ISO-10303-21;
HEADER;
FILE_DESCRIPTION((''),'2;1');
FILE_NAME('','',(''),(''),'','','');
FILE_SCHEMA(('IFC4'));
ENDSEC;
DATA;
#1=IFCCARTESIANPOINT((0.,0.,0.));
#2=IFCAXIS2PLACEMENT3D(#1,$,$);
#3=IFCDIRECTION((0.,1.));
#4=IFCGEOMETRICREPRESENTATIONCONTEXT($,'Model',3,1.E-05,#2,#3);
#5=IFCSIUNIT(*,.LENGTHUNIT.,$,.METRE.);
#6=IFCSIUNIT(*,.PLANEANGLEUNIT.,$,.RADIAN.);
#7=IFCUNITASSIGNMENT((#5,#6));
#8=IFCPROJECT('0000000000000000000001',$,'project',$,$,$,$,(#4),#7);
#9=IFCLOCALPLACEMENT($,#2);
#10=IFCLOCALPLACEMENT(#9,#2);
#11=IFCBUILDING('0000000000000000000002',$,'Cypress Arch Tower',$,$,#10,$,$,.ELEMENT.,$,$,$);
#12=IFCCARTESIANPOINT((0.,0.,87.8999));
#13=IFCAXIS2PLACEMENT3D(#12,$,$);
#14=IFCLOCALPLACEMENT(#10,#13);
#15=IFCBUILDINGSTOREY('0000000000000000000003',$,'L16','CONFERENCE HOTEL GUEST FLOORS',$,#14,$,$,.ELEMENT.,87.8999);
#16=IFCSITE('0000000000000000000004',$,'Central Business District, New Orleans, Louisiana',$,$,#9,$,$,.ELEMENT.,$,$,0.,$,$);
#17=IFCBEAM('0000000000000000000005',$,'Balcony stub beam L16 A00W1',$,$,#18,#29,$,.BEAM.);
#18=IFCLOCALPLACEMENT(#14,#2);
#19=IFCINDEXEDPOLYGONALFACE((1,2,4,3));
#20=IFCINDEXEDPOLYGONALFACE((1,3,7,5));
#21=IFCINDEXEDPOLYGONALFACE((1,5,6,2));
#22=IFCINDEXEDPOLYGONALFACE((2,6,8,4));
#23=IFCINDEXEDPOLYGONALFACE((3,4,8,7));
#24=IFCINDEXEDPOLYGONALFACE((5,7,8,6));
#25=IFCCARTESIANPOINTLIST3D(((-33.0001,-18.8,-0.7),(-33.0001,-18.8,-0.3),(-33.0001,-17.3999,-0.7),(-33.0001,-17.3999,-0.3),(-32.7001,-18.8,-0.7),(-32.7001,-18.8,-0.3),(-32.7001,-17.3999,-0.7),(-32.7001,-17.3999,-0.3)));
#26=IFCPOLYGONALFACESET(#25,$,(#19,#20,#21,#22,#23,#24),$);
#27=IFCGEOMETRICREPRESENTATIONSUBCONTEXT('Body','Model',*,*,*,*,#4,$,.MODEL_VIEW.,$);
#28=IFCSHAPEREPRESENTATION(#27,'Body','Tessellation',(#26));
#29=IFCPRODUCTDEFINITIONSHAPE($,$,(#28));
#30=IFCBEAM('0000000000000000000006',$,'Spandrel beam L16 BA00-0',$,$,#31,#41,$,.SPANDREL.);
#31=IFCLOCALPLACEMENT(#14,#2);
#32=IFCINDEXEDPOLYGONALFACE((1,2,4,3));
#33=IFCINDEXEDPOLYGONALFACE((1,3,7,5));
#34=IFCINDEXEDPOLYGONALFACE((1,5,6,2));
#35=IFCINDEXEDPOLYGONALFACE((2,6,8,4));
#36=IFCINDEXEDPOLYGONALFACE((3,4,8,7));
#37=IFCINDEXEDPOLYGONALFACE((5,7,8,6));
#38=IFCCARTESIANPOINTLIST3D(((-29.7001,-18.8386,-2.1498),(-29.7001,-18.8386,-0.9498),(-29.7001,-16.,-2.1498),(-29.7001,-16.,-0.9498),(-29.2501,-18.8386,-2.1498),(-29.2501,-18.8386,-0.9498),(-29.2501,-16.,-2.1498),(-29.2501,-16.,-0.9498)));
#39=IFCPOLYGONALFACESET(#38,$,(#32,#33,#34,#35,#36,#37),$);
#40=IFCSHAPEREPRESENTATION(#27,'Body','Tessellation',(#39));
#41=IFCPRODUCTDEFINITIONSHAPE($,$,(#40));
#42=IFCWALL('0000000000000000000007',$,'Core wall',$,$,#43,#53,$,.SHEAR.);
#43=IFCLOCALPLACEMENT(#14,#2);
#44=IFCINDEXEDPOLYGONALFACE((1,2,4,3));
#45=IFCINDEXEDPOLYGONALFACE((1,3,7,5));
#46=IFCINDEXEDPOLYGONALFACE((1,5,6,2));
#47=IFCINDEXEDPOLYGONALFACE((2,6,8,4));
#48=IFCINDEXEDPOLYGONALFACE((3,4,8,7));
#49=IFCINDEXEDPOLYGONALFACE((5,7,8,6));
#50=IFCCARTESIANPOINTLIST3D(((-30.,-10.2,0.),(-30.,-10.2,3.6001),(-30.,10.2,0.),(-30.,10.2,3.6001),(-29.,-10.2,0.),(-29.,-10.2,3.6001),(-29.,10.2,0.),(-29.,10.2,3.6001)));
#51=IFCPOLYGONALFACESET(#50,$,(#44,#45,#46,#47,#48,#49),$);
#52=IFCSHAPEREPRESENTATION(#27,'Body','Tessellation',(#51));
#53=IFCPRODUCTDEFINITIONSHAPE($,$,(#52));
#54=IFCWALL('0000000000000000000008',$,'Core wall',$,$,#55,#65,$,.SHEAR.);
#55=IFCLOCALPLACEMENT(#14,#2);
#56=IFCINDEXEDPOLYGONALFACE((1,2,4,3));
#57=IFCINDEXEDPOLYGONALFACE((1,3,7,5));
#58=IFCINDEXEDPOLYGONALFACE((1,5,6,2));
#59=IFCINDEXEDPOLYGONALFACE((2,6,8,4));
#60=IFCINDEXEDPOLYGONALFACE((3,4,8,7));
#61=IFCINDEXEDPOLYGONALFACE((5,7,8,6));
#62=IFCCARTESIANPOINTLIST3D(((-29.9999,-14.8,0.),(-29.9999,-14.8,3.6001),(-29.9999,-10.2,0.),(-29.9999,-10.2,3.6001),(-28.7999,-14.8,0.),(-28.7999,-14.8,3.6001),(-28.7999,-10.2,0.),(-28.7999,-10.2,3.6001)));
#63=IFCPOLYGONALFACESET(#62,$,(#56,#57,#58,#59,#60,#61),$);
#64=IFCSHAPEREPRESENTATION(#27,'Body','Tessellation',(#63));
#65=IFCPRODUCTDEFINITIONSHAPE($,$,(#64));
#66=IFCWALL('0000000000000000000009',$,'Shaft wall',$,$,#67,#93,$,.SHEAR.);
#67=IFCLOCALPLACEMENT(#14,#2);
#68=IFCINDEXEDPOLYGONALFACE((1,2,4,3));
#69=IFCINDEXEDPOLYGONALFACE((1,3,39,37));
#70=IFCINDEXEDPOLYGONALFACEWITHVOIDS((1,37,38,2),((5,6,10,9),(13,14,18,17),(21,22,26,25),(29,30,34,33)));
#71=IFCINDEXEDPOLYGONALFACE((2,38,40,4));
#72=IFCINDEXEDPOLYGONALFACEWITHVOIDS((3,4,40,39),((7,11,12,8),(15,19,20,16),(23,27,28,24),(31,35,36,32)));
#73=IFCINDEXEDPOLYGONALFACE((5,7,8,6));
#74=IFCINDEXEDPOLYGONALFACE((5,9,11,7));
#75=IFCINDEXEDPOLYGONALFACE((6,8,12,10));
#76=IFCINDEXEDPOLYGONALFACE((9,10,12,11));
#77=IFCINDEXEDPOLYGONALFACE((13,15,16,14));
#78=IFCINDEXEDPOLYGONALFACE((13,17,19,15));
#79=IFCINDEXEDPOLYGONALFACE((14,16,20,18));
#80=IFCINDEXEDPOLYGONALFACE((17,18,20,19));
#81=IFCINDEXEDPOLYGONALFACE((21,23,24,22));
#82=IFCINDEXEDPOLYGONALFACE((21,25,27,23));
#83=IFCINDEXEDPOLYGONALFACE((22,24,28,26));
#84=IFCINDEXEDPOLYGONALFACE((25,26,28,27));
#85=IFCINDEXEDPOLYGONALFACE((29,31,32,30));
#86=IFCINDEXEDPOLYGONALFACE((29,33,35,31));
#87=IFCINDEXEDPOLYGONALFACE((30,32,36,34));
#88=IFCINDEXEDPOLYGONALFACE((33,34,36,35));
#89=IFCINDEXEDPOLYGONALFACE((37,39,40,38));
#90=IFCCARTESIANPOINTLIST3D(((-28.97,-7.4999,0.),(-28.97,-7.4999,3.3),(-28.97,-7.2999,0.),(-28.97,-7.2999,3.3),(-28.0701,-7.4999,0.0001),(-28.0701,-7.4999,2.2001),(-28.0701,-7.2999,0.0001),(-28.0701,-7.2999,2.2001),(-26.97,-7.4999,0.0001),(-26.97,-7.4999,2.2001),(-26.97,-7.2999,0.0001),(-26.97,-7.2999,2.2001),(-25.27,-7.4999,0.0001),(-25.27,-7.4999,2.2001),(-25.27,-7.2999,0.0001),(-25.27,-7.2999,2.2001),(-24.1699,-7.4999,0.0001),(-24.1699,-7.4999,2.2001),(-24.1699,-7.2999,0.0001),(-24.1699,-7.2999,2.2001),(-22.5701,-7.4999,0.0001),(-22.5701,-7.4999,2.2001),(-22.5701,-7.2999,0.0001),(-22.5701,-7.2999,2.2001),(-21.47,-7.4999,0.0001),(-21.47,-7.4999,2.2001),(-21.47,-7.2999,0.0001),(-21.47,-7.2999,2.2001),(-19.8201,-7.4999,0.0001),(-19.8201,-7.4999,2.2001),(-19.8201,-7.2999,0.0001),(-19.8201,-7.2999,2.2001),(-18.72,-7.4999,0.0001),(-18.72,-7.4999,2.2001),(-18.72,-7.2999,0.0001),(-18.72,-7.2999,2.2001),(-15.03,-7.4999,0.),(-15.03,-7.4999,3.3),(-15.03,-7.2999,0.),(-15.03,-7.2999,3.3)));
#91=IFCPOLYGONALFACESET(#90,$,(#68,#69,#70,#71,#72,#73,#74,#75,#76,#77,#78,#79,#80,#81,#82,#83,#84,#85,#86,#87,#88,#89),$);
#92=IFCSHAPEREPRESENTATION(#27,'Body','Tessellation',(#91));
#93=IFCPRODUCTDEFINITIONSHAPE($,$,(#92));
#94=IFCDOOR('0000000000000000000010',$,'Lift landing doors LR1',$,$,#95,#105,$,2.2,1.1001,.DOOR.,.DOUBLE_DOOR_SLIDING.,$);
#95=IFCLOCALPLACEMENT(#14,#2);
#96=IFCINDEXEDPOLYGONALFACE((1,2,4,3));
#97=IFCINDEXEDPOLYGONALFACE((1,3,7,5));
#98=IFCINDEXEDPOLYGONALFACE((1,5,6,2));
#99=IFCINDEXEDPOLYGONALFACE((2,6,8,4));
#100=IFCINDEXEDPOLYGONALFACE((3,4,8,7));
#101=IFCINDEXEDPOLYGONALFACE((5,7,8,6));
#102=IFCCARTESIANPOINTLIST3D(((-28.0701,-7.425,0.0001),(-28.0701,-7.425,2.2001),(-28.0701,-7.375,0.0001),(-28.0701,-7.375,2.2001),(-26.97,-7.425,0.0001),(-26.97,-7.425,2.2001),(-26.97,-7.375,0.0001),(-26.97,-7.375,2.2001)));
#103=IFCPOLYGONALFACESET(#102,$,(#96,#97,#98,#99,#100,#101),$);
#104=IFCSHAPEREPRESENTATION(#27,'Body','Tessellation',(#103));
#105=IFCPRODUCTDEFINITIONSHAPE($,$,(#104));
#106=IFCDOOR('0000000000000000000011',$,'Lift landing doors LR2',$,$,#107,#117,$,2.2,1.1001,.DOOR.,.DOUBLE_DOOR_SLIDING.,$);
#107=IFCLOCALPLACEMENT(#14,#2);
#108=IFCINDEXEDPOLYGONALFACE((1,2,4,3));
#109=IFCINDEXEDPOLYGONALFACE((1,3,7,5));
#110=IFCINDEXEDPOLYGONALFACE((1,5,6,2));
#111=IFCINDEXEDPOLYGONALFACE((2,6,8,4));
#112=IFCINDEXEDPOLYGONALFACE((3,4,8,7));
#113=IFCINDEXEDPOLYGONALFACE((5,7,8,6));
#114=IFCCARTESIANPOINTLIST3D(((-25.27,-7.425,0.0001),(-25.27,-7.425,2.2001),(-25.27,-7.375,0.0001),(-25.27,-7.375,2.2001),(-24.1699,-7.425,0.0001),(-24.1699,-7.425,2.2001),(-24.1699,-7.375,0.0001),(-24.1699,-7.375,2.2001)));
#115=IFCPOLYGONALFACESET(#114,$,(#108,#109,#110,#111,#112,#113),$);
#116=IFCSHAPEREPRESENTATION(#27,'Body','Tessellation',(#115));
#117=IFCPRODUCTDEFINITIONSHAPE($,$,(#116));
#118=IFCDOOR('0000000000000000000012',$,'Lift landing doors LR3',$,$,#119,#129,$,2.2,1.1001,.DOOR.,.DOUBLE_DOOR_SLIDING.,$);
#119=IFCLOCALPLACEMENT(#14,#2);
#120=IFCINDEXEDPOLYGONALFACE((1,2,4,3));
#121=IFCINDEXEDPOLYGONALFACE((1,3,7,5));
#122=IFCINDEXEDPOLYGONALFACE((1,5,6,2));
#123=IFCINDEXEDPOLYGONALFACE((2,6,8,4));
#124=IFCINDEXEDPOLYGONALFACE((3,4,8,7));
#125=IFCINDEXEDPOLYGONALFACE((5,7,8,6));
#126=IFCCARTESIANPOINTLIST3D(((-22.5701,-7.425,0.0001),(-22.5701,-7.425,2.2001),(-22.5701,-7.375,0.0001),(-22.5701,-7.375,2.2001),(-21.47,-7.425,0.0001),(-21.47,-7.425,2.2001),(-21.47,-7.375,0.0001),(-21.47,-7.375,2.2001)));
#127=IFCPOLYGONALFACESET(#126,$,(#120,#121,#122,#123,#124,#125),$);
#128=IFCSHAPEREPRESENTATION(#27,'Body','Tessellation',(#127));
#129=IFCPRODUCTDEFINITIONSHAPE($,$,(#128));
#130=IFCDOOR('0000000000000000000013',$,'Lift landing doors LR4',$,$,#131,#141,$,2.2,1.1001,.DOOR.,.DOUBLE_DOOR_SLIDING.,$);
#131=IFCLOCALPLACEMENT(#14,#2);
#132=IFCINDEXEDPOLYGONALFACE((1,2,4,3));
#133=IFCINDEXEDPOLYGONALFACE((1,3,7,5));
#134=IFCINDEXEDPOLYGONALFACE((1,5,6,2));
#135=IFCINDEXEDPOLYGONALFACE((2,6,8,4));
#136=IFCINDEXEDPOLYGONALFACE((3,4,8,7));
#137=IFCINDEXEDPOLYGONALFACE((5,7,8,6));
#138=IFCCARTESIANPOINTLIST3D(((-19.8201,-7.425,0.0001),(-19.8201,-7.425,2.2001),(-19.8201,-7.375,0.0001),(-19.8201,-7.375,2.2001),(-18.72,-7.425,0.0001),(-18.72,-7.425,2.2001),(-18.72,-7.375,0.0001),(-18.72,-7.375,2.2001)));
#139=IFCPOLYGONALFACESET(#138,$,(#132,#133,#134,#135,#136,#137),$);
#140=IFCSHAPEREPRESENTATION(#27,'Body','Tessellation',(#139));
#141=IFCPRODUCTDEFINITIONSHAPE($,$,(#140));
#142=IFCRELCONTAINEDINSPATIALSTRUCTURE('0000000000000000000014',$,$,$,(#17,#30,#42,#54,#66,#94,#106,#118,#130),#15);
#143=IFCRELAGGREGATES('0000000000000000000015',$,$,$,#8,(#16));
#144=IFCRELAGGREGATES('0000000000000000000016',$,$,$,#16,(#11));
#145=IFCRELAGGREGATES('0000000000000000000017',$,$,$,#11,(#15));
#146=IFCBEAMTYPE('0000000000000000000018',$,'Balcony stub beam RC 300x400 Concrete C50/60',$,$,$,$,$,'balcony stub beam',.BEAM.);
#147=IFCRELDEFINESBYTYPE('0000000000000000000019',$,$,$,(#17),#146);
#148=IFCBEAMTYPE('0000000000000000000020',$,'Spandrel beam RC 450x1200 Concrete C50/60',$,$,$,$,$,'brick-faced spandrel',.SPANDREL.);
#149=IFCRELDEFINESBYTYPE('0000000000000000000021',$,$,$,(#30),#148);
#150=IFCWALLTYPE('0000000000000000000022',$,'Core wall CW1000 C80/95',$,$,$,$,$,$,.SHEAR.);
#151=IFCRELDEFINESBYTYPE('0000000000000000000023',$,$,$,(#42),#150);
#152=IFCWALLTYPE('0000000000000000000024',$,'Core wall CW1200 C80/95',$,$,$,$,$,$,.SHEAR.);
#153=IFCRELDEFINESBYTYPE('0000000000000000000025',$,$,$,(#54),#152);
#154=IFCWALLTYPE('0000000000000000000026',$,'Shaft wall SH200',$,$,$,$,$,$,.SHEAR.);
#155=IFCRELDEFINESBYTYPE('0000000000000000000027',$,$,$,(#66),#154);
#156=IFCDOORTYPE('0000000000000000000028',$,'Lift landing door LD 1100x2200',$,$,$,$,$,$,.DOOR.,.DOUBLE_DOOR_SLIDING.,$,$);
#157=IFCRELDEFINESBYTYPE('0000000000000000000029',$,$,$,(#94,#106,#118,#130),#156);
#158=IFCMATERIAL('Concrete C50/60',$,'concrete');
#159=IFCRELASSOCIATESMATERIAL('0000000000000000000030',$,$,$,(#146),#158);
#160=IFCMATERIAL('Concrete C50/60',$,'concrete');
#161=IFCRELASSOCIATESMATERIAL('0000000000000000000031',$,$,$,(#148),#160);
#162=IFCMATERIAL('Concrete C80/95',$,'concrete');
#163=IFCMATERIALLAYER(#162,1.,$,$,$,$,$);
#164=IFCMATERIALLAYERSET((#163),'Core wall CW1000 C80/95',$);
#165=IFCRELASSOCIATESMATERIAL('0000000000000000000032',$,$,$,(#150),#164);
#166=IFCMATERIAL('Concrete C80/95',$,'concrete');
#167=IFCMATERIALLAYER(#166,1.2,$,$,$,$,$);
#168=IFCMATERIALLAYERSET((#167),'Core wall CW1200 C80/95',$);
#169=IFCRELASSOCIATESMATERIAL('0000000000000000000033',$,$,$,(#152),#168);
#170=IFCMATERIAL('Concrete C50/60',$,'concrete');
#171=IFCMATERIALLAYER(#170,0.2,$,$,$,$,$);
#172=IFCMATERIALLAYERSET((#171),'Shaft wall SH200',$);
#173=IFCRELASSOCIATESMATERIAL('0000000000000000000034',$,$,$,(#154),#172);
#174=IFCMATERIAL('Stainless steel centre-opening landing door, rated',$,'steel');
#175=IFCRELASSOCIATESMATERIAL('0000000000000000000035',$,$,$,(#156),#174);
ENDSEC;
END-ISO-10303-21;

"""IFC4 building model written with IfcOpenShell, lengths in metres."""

from ifc_helpers import new_model, si_unit, direction, frame, frame_2d, origin, origin_2d, place, context, subcontext, project, spatial, rectangle, extrude, material, layer, layer_set, material_profile, profile_set, type_object, element, fill, save


model = new_model("IFC4")

# Units and contexts
model_context = context("Model", 3, precision=1e-05, world=origin(), true_north=direction((0.0, 1.0)))
body_context = subcontext(model_context, "Body", "Model", "MODEL_VIEW")
ifc_project = project(units=[si_unit("LENGTHUNIT", "METRE"), si_unit("PLANEANGLEUNIT", "RADIAN")], contexts=[model_context])

# Site, building, storey
site_placement = place(None, origin())
site = spatial("IfcSite", under=ifc_project, at=site_placement, Name="Central Business District, New Orleans, Louisiana", CompositionType="ELEMENT", RefElevation=0.0)
building_placement = place(site_placement, origin())
building = spatial("IfcBuilding", under=site, at=building_placement, Name="Cypress Arch Tower", CompositionType="ELEMENT")
storey_placement = place(building_placement, frame((0.0, 0.0, 87.8999)))
storey = spatial("IfcBuildingStorey", under=building, at=storey_placement, Name="L16", Description="CONFERENCE HOTEL GUEST FLOORS", CompositionType="ELEMENT", Elevation=87.8999)

# Beams
ifc_material_1 = material(Name="Concrete C50/60", Category="concrete")
ifc_material_profile_1 = material_profile(ifc_material_1, rectangle(XDim=0.3, YDim=0.3999, at=origin_2d()), Name="RC 300x400")
ifc_profile_set_1 = profile_set([ifc_material_profile_1], Name="Concrete C50/60")
beam_type_1 = type_object("IfcBeamType", Name="Balcony stub beam RC 300x400 Concrete C50/60", ElementType="balcony stub beam", PredefinedType="BEAM", material=ifc_profile_set_1)
beam_1_placement = place(storey_placement, frame((-32.8501, -17.3999, -0.5), z_axis=(0.0, -1.0, 0.0), x_axis=(1.0, 0.0, 0.0)))
element("IfcBeam", 1, at=beam_1_placement, inside=storey, type_object=beam_type_1, Name="Balcony stub beam L16 A00W1", PredefinedType="BEAM", context=body_context, shape_type="SweptSolid", body=[
    extrude(rectangle(XDim=0.3, YDim=0.3999, at=origin_2d()), origin(), (0.0, 0.0, 1.0), 1.4001),
])
ifc_material_2 = material(Name="Concrete C50/60", Category="concrete")
ifc_material_profile_2 = material_profile(ifc_material_2, rectangle(XDim=0.45, YDim=1.2, at=origin_2d()), Name="RC 450x1200")
ifc_profile_set_2 = profile_set([ifc_material_profile_2], Name="Concrete C50/60")
beam_type_2 = type_object("IfcBeamType", Name="Spandrel beam RC 450x1200 Concrete C50/60", ElementType="brick-faced spandrel", PredefinedType="SPANDREL", material=ifc_profile_set_2)
beam_2_placement = place(storey_placement, frame((-29.4751, -16.0, -1.5498), z_axis=(0.0, -1.0, 0.0), x_axis=(1.0, 0.0, 0.0)))
element("IfcBeam", 2, at=beam_2_placement, inside=storey, type_object=beam_type_2, Name="Spandrel beam L16 BA00-0", PredefinedType="SPANDREL", context=body_context, shape_type="SweptSolid", body=[
    extrude(rectangle(XDim=0.45, YDim=1.2, at=origin_2d()), origin(), (0.0, 0.0, 1.0), 2.8386),
])

# Wall
ifc_material_3 = material(Name="Concrete C80/95", Category="concrete")
ifc_layer_1 = layer(ifc_material_3, 1.0)
ifc_layer_set_1 = layer_set([ifc_layer_1], Name="Core wall CW1000 C80/95")
wall_type_1 = type_object("IfcWallType", Name="Core wall CW1000 C80/95", PredefinedType="SHEAR", material=ifc_layer_set_1)
wall_1_placement = place(storey_placement, frame((-29.5, -10.2, 0.0), z_axis=(0.0, 0.0, 1.0), x_axis=(0.0, 1.0, 0.0)))
element("IfcWall", 3, at=wall_1_placement, inside=storey, type_object=wall_type_1, Name="Core wall", PredefinedType="SHEAR", context=body_context, shape_type="SweptSolid", body=[
    extrude(rectangle(XDim=20.3999, YDim=1.0, at=frame_2d((10.2, 0.0))), origin(), (0.0, 0.0, 1.0), 3.6001),
])

# Shared definitions
ifc_material_4 = material(Name="Concrete C80/95", Category="concrete")
ifc_layer_2 = layer(ifc_material_4, 1.2)
ifc_layer_set_2 = layer_set([ifc_layer_2], Name="Core wall CW1200 C80/95")
wall_type_2 = type_object("IfcWallType", Name="Core wall CW1200 C80/95", PredefinedType="SHEAR", material=ifc_layer_set_2)

# Wall
wall_2_placement = place(storey_placement, frame((-29.3999, -14.8, 0.0), z_axis=(0.0, 0.0, 1.0), x_axis=(0.0, 1.0, 0.0)))
element("IfcWall", 4, at=wall_2_placement, inside=storey, type_object=wall_type_2, Name="Core wall", PredefinedType="SHEAR", context=body_context, shape_type="SweptSolid", body=[
    extrude(rectangle(XDim=4.6001, YDim=1.2, at=frame_2d((2.3, 0.0))), origin(), (0.0, 0.0, 1.0), 3.6001),
])

# Wall, openings, doors
ifc_material_5 = material(Name="Concrete C50/60", Category="concrete")
ifc_layer_3 = layer(ifc_material_5, 0.2)
ifc_layer_set_3 = layer_set([ifc_layer_3], Name="Shaft wall SH200")
wall_type_3 = type_object("IfcWallType", Name="Shaft wall SH200", PredefinedType="SHEAR", material=ifc_layer_set_3)
wall_3_placement = place(storey_placement, frame((-28.97, -7.3999, 0.0), z_axis=(0.0, 0.0, 1.0), x_axis=(1.0, 0.0, 0.0)))
wall_3 = element("IfcWall", 5, at=wall_3_placement, inside=storey, type_object=wall_type_3, Name="Shaft wall", PredefinedType="SHEAR", context=body_context, shape_type="SweptSolid", body=[
    extrude(rectangle(XDim=13.9399, YDim=0.2, at=frame_2d((6.97, 0.0))), origin(), (0.0, 0.0, 1.0), 3.3),
])
opening_1_placement = place(wall_3_placement, frame((0.8999, 0.0, 0.0)))
opening_1 = element("IfcOpeningElement", 6, at=opening_1_placement, cuts=wall_3, PredefinedType="OPENING", context=body_context, shape_type="SweptSolid", body=[
    extrude(rectangle(XDim=1.1001, YDim=2.2, at=frame_2d((0.55, 1.1001))), frame((0.0, 0.1099, 0.0), z_axis=(0.0, -1.0, 0.0), x_axis=(1.0, 0.0, 0.0)), (0.0, 0.0, 1.0), 0.22),
])
opening_2_placement = place(wall_3_placement, frame((3.7, 0.0, 0.0)))
opening_2 = element("IfcOpeningElement", 7, at=opening_2_placement, cuts=wall_3, PredefinedType="OPENING", context=body_context, shape_type="SweptSolid", body=[
    extrude(rectangle(XDim=1.1001, YDim=2.2, at=frame_2d((0.55, 1.1001))), frame((0.0, 0.1099, 0.0), z_axis=(0.0, -1.0, 0.0), x_axis=(1.0, 0.0, 0.0)), (0.0, 0.0, 1.0), 0.22),
])
opening_3_placement = place(wall_3_placement, frame((6.3999, 0.0, 0.0)))
opening_3 = element("IfcOpeningElement", 8, at=opening_3_placement, cuts=wall_3, PredefinedType="OPENING", context=body_context, shape_type="SweptSolid", body=[
    extrude(rectangle(XDim=1.1001, YDim=2.2, at=frame_2d((0.55, 1.1001))), frame((0.0, 0.1099, 0.0), z_axis=(0.0, -1.0, 0.0), x_axis=(1.0, 0.0, 0.0)), (0.0, 0.0, 1.0), 0.22),
])
opening_4_placement = place(wall_3_placement, frame((9.1499, 0.0, 0.0)))
opening_4 = element("IfcOpeningElement", 9, at=opening_4_placement, cuts=wall_3, PredefinedType="OPENING", context=body_context, shape_type="SweptSolid", body=[
    extrude(rectangle(XDim=1.1001, YDim=2.2, at=frame_2d((0.55, 1.1001))), frame((0.0, 0.1099, 0.0), z_axis=(0.0, -1.0, 0.0), x_axis=(1.0, 0.0, 0.0)), (0.0, 0.0, 1.0), 0.22),
])
ifc_material_6 = material(Name="Stainless steel centre-opening landing door, rated", Category="steel")
door_type_1 = type_object("IfcDoorType", Name="Lift landing door LD 1100x2200", OperationType="DOUBLE_DOOR_SLIDING", PredefinedType="DOOR", material=ifc_material_6)
door_1_placement = place(opening_1_placement, origin())
door_1 = element("IfcDoor", 10, at=door_1_placement, inside=storey, type_object=door_type_1, Name="Lift landing doors LR1", OperationType="DOUBLE_DOOR_SLIDING", OverallHeight=2.2, OverallWidth=1.1001, PredefinedType="DOOR", context=body_context, shape_type="SweptSolid", body=[
    extrude(rectangle(XDim=1.1001, YDim=2.2, at=frame_2d((0.55, 1.1001))), frame((0.0, 0.0249, 0.0), z_axis=(0.0, -1.0, 0.0), x_axis=(1.0, 0.0, 0.0)), (0.0, 0.0, 1.0), 0.05),
])
fill(opening_1, door_1)
door_2_placement = place(opening_2_placement, origin())
door_2 = element("IfcDoor", 11, at=door_2_placement, inside=storey, type_object=door_type_1, Name="Lift landing doors LR2", OperationType="DOUBLE_DOOR_SLIDING", OverallHeight=2.2, OverallWidth=1.1001, PredefinedType="DOOR", context=body_context, shape_type="SweptSolid", body=[
    extrude(rectangle(XDim=1.1001, YDim=2.2, at=frame_2d((0.55, 1.1001))), frame((0.0, 0.0249, 0.0), z_axis=(0.0, -1.0, 0.0), x_axis=(1.0, 0.0, 0.0)), (0.0, 0.0, 1.0), 0.05),
])
fill(opening_2, door_2)
door_3_placement = place(opening_3_placement, origin())
door_3 = element("IfcDoor", 12, at=door_3_placement, inside=storey, type_object=door_type_1, Name="Lift landing doors LR3", OperationType="DOUBLE_DOOR_SLIDING", OverallHeight=2.2, OverallWidth=1.1001, PredefinedType="DOOR", context=body_context, shape_type="SweptSolid", body=[
    extrude(rectangle(XDim=1.1001, YDim=2.2, at=frame_2d((0.55, 1.1001))), frame((0.0, 0.0249, 0.0), z_axis=(0.0, -1.0, 0.0), x_axis=(1.0, 0.0, 0.0)), (0.0, 0.0, 1.0), 0.05),
])
fill(opening_3, door_3)
door_4_placement = place(opening_4_placement, origin())
door_4 = element("IfcDoor", 13, at=door_4_placement, inside=storey, type_object=door_type_1, Name="Lift landing doors LR4", OperationType="DOUBLE_DOOR_SLIDING", OverallHeight=2.2, OverallWidth=1.1001, PredefinedType="DOOR", context=body_context, shape_type="SweptSolid", body=[
    extrude(rectangle(XDim=1.1001, YDim=2.2, at=frame_2d((0.55, 1.1001))), frame((0.0, 0.0249, 0.0), z_axis=(0.0, -1.0, 0.0), x_axis=(1.0, 0.0, 0.0)), (0.0, 0.0, 1.0), 0.05),
])
fill(opening_4, door_4)

save(model, "model.ifc")
